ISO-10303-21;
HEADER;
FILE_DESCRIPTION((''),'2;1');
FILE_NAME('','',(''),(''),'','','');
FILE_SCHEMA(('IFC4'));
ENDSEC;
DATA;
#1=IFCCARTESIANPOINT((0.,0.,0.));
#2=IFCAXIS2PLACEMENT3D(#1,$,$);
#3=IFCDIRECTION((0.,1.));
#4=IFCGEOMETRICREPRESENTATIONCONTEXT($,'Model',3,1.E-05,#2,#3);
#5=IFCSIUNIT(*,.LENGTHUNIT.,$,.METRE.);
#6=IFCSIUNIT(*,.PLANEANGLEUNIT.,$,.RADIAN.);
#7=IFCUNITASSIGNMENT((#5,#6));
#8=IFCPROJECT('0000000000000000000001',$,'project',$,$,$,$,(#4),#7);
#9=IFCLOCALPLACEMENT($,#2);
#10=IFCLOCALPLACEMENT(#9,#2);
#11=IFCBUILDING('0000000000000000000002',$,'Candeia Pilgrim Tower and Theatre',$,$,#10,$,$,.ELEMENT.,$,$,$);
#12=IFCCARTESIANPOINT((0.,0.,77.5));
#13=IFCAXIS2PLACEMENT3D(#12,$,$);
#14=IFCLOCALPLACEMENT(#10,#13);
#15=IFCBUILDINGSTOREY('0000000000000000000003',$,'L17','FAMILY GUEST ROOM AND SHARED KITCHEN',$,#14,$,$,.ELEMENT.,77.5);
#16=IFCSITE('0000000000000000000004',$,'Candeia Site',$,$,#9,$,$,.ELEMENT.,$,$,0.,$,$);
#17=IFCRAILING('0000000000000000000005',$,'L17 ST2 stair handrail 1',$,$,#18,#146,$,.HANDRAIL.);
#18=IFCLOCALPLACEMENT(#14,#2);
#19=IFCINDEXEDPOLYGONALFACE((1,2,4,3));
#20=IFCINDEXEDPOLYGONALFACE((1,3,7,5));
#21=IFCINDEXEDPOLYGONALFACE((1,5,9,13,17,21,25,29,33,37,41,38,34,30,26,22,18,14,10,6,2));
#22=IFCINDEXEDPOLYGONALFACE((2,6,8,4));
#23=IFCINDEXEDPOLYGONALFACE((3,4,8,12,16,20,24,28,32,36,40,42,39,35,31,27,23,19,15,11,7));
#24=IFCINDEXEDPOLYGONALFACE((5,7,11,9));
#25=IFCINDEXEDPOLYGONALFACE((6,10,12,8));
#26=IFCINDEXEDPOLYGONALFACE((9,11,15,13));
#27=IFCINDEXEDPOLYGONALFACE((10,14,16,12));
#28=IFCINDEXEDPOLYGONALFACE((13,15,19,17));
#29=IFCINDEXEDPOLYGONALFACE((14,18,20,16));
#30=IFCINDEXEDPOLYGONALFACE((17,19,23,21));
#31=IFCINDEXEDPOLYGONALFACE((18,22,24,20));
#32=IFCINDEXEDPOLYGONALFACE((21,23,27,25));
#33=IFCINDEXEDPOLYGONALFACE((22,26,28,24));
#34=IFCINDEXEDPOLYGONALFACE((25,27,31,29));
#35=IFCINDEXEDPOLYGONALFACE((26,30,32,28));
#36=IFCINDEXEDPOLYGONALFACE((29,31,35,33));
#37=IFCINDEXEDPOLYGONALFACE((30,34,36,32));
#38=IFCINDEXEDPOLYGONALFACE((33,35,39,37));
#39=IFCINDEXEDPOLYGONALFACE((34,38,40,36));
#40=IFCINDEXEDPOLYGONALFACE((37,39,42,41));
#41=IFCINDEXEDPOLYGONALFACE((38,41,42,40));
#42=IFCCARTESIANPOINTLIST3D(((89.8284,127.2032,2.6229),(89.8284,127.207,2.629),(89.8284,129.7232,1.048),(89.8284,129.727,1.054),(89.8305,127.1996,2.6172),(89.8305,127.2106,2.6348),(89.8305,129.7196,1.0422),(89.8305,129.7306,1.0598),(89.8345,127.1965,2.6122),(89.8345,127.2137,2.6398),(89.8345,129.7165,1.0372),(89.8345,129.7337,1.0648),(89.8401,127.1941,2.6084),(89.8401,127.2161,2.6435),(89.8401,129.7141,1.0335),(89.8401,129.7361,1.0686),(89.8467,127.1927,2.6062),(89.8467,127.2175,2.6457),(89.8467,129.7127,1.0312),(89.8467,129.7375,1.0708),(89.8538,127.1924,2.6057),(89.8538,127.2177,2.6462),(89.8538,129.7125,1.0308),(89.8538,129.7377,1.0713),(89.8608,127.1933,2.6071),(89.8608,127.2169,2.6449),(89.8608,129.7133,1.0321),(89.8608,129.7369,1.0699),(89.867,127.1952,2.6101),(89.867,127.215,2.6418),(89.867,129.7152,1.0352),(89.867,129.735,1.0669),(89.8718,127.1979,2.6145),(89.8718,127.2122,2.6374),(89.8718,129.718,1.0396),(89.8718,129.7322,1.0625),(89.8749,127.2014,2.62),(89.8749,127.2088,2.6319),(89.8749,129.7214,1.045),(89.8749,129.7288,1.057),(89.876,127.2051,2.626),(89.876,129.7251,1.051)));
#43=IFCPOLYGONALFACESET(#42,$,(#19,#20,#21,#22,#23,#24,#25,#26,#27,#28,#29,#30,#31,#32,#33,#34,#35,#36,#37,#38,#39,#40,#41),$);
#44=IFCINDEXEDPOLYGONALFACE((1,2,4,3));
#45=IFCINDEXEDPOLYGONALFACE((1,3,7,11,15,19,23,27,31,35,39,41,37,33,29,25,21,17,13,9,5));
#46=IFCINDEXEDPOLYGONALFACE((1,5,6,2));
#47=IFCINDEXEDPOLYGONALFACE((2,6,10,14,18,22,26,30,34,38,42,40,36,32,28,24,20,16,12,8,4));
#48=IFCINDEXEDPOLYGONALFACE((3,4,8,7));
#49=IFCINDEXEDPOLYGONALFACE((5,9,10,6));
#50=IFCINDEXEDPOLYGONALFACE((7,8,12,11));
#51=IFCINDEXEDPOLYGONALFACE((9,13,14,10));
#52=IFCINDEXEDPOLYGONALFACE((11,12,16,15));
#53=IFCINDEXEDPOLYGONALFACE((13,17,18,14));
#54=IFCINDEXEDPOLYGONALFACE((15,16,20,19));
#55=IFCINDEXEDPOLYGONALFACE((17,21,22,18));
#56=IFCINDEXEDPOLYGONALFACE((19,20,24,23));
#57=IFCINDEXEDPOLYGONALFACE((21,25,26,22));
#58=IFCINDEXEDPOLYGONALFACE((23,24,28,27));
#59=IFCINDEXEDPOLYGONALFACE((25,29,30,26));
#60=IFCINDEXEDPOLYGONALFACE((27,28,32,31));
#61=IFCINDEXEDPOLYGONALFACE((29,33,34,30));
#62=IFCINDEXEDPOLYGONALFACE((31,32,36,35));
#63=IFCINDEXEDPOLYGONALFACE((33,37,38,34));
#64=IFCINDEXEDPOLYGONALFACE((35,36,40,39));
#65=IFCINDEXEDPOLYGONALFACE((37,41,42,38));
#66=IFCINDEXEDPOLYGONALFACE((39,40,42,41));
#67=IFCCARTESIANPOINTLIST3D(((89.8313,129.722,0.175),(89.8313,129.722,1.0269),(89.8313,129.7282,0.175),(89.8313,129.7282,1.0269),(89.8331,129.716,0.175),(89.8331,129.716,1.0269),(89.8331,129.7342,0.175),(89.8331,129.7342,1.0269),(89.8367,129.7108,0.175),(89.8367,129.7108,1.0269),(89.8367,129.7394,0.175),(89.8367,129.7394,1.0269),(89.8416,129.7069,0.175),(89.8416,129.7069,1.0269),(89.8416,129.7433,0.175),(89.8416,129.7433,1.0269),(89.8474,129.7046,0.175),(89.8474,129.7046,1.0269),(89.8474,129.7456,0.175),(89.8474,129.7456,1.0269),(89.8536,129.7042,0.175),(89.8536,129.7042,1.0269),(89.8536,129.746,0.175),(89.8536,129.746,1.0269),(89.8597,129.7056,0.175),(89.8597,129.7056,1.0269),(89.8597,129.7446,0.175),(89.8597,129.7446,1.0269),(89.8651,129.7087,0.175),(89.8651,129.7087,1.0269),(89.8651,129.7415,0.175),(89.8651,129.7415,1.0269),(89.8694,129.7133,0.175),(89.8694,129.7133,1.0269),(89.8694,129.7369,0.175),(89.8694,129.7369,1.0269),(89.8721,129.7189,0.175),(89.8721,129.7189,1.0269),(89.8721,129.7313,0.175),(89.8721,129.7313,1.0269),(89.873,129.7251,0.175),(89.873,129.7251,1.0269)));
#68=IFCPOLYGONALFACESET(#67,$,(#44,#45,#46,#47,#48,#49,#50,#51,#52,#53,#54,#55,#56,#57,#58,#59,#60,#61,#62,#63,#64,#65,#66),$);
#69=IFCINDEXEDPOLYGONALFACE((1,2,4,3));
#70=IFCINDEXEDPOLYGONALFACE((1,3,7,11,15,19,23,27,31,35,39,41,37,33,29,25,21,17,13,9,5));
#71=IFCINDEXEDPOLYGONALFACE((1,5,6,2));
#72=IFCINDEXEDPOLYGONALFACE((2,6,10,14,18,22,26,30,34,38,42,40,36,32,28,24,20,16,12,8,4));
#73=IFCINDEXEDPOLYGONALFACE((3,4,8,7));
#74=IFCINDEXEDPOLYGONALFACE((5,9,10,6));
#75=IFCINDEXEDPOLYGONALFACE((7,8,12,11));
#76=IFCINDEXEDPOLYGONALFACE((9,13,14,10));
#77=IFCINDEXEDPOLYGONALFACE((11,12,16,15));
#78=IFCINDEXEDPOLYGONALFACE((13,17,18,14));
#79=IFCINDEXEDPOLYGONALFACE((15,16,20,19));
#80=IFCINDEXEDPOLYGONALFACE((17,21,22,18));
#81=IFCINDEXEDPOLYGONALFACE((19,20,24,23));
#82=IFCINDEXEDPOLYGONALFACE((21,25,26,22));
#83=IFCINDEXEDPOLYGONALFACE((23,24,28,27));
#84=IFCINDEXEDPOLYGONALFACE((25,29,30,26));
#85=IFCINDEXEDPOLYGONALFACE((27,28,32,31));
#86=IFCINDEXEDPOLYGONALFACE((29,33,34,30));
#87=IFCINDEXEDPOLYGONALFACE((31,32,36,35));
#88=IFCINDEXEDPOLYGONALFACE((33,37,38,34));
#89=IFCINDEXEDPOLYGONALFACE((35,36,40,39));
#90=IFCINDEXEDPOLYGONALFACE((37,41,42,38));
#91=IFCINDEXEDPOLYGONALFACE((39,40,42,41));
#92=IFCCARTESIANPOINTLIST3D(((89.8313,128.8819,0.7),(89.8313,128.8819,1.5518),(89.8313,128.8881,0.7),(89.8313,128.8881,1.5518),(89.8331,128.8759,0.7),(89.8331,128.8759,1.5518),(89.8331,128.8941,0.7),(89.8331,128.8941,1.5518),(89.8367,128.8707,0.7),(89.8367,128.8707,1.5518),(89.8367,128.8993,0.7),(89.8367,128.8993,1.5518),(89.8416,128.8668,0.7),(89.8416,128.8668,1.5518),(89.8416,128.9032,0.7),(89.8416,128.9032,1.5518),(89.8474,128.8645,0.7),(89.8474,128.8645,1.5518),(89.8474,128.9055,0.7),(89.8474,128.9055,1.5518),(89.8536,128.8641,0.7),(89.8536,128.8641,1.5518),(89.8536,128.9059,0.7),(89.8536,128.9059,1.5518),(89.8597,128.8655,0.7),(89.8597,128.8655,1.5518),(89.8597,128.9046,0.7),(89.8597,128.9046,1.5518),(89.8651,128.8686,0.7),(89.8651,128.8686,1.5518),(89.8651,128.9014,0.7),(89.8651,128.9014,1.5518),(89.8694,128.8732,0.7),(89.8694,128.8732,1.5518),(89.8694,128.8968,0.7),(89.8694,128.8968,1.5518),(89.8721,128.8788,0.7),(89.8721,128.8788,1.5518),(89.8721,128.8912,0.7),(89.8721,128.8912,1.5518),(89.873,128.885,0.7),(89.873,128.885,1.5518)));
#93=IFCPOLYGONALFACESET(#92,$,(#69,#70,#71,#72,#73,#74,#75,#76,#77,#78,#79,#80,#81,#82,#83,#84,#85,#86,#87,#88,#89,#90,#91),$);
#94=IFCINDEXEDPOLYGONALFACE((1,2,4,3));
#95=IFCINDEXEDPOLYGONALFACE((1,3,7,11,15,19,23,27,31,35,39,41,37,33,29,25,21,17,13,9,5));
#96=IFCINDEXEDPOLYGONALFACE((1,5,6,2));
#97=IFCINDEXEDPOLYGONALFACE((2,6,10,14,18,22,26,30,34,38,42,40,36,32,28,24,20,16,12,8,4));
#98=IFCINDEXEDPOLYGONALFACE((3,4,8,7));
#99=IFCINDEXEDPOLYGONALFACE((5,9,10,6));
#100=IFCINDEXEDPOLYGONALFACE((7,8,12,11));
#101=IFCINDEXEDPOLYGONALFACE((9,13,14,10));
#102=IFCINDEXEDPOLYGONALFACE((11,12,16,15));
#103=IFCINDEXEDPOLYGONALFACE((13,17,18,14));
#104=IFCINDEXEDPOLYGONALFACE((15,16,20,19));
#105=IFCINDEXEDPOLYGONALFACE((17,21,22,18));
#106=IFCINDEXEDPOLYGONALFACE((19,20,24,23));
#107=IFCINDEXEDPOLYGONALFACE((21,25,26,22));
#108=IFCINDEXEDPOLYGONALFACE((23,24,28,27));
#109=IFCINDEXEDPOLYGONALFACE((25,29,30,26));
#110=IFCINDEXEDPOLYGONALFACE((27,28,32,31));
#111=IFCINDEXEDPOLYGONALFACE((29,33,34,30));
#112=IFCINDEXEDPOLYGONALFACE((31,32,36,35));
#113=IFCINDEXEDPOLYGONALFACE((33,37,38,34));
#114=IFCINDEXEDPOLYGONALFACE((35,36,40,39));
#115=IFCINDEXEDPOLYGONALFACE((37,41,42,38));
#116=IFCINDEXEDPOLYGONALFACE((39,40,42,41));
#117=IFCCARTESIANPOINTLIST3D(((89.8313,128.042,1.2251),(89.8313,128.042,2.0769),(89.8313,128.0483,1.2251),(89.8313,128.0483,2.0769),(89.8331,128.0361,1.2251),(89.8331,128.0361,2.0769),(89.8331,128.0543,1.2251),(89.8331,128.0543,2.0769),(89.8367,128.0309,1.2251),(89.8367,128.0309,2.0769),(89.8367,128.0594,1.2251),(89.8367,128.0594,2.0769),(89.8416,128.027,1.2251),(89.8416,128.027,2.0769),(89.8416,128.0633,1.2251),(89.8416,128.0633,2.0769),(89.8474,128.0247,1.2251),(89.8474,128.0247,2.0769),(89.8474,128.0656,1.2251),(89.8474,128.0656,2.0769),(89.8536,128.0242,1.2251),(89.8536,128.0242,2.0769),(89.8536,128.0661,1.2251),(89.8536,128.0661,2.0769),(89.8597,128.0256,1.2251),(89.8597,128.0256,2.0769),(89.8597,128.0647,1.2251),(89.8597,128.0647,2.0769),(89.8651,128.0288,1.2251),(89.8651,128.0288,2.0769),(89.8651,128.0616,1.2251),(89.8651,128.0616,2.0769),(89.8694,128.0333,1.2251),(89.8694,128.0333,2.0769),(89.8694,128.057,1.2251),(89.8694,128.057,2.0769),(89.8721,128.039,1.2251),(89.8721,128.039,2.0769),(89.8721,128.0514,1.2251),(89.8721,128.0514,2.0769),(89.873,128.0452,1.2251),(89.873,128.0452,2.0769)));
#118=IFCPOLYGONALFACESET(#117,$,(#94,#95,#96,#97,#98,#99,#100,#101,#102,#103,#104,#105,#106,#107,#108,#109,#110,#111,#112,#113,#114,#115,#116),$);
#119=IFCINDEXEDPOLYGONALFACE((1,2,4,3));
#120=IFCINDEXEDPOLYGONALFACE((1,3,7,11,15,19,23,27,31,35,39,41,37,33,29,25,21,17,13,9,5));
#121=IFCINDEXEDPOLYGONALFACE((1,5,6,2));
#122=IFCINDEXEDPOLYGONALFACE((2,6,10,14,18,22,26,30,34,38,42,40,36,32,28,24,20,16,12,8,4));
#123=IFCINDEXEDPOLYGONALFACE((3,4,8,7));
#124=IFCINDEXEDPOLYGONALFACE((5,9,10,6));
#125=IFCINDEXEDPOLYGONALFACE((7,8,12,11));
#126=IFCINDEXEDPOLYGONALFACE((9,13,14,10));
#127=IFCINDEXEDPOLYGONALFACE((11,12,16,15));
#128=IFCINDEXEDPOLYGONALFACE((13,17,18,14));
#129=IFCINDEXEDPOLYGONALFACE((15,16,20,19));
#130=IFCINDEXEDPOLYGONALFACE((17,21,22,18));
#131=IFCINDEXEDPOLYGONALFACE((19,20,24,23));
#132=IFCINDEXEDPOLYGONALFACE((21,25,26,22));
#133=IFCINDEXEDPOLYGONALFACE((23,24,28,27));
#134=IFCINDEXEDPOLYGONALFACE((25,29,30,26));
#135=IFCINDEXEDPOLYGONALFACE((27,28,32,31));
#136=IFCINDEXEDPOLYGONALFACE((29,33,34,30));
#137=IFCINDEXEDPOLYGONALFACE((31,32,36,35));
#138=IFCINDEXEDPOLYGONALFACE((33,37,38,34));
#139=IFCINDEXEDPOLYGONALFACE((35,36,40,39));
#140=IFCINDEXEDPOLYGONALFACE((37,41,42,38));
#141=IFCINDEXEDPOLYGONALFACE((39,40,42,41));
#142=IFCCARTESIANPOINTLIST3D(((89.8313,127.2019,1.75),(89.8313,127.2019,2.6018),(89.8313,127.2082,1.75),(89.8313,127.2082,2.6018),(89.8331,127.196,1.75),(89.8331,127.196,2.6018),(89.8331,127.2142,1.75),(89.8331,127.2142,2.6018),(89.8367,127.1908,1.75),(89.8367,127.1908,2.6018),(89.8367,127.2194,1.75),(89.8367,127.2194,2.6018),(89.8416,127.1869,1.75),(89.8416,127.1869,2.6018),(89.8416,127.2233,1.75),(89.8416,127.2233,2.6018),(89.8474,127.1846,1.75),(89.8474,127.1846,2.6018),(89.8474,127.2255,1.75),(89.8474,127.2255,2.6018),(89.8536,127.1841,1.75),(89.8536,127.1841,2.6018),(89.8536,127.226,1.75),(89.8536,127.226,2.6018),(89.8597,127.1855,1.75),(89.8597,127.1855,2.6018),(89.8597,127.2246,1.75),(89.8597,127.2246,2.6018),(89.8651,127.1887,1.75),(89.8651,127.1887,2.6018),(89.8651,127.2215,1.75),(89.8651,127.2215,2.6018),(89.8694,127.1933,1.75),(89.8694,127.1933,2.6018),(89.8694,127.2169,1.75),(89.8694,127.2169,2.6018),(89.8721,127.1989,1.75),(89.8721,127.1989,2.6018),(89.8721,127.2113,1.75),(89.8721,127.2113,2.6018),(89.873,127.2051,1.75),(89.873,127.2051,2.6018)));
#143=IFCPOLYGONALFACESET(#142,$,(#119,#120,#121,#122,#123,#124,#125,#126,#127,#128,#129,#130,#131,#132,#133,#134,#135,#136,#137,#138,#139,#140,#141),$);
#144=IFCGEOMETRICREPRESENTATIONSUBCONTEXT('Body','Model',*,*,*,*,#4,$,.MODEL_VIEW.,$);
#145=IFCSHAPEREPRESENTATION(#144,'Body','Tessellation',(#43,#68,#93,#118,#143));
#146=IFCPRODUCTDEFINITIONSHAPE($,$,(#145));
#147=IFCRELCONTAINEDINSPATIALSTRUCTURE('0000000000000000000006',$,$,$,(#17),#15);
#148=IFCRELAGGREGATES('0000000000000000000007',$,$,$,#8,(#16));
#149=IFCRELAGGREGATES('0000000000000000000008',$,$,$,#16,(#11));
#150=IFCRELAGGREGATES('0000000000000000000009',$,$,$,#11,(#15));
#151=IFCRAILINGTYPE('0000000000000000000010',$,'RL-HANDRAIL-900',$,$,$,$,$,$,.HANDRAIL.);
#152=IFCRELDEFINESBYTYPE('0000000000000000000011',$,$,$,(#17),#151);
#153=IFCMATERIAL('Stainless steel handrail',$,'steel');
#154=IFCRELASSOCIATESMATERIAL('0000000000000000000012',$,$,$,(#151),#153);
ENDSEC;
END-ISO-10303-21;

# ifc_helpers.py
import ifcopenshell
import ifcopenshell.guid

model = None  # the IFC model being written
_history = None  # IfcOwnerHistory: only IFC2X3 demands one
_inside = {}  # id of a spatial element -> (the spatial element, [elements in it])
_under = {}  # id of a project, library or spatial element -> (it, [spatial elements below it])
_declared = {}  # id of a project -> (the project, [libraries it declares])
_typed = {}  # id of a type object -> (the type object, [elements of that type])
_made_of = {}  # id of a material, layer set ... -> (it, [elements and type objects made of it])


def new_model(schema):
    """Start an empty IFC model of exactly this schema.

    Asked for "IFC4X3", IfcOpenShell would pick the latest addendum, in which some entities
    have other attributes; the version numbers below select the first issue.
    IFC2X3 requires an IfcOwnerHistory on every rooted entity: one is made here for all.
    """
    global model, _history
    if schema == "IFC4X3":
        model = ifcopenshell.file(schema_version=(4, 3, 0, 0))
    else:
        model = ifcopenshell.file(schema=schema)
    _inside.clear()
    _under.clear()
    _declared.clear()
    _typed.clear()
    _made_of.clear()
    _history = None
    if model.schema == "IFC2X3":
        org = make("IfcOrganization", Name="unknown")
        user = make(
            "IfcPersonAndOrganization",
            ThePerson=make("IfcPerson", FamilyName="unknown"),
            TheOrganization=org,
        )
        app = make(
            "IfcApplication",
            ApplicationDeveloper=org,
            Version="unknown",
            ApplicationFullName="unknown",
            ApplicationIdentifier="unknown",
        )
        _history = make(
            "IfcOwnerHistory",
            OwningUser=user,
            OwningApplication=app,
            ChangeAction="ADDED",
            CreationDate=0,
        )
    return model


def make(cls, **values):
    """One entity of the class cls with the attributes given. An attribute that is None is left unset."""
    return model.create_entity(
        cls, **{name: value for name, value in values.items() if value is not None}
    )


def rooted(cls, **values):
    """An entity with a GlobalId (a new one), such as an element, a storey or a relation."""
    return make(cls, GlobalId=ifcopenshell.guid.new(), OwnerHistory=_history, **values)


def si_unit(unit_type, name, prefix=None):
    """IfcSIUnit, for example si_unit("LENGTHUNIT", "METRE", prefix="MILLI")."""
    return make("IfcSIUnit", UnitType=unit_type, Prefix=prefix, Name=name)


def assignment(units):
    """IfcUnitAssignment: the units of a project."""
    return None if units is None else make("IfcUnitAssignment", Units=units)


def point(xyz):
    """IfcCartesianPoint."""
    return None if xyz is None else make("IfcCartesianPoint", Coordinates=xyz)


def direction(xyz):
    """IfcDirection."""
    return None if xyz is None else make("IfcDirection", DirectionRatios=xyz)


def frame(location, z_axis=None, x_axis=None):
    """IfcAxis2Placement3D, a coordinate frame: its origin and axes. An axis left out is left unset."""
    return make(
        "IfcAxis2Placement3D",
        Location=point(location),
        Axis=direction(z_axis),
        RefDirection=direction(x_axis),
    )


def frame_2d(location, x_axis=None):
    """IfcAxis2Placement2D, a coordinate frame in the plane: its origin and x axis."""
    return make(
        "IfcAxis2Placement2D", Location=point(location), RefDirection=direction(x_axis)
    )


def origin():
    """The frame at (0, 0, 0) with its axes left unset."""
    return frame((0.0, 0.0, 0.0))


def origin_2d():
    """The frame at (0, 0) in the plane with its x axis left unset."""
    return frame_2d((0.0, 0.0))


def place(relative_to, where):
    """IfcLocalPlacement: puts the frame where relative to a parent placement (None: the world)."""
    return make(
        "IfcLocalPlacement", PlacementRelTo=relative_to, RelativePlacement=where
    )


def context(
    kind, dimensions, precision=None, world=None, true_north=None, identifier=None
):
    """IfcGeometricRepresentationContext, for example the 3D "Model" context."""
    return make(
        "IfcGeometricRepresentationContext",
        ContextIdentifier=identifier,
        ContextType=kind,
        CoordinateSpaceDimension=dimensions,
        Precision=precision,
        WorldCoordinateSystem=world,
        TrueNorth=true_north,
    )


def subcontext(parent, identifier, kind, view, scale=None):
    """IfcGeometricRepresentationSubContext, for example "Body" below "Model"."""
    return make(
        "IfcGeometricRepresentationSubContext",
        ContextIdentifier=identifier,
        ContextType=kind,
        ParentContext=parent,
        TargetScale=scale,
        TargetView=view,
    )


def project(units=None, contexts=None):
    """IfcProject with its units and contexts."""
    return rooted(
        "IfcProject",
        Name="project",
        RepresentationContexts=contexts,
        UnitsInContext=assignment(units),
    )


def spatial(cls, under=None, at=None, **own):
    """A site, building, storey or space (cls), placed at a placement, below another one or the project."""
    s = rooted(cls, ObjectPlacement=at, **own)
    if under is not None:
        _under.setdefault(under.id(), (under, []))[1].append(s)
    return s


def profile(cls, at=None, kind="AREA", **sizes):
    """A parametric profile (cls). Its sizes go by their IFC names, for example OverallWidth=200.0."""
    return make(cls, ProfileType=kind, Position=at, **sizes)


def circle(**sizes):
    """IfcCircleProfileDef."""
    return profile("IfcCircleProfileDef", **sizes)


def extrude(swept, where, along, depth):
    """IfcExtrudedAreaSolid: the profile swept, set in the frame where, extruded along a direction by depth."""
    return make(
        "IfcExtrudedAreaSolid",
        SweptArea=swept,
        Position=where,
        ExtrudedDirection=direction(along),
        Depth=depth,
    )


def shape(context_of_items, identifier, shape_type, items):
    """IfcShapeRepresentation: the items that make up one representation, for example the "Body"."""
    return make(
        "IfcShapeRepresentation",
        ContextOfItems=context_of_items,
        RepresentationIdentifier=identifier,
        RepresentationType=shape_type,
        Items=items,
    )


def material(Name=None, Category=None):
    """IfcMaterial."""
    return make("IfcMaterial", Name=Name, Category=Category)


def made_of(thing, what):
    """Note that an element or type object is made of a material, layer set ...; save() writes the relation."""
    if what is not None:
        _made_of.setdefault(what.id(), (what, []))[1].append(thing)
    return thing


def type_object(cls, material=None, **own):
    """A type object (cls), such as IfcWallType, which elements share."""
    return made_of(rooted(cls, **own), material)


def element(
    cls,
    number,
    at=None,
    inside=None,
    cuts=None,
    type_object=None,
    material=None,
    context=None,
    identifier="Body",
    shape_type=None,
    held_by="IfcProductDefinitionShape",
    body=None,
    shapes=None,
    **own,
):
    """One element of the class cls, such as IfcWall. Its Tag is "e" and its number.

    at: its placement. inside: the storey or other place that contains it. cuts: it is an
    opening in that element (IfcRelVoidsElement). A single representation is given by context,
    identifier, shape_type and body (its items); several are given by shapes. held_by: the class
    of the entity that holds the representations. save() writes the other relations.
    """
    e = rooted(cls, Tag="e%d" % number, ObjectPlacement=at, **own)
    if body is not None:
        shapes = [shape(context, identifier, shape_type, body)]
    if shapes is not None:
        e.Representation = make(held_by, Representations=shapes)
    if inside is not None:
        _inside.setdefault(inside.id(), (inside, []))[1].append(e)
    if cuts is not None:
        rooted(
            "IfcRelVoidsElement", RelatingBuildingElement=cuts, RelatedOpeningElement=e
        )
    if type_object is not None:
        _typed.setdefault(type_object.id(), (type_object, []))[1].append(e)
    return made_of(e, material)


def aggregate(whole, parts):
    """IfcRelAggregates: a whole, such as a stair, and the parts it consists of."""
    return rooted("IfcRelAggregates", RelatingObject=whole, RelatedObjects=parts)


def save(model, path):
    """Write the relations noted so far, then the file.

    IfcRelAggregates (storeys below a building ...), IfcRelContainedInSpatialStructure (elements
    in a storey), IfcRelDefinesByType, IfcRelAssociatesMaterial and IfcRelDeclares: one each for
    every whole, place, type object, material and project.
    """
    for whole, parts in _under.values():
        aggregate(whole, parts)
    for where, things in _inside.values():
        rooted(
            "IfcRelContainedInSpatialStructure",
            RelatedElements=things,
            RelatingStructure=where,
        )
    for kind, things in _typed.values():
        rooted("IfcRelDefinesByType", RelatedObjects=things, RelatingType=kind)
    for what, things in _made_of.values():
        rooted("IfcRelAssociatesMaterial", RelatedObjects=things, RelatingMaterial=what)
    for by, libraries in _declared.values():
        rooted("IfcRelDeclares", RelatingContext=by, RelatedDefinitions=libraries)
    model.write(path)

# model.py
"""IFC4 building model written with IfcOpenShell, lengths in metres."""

from ifc_helpers import new_model, si_unit, direction, frame, origin, origin_2d, place, context, subcontext, project, spatial, circle, extrude, material, type_object, element, save


model = new_model("IFC4")

# Units and contexts
model_context = context("Model", 3, precision=1e-05, world=origin(), true_north=direction((0.0, 1.0)))
body_context = subcontext(model_context, "Body", "Model", "MODEL_VIEW")
ifc_project = project(units=[si_unit("LENGTHUNIT", "METRE"), si_unit("PLANEANGLEUNIT", "RADIAN")], contexts=[model_context])

# Site, building, storey
site_placement = place(None, origin())
site = spatial("IfcSite", under=ifc_project, at=site_placement, Name="Candeia Site", CompositionType="ELEMENT", RefElevation=0.0)
building_placement = place(site_placement, origin())
building = spatial("IfcBuilding", under=site, at=building_placement, Name="Candeia Pilgrim Tower and Theatre", CompositionType="ELEMENT")
storey_placement = place(building_placement, frame((0.0, 0.0, 77.5)))
storey = spatial("IfcBuildingStorey", under=building, at=storey_placement, Name="L17", Description="FAMILY GUEST ROOM AND SHARED KITCHEN", CompositionType="ELEMENT", Elevation=77.5)

# Railing
ifc_material_1 = material(Name="Stainless steel handrail", Category="steel")
railing_type_1 = type_object("IfcRailingType", Name="RL-HANDRAIL-900", PredefinedType="HANDRAIL", material=ifc_material_1)
for number, where, name in (
    (1, (89.8521, 129.7251, 0.175), "L17 ST2 stair handrail 1"),
):
    element("IfcRailing", number, at=place(storey_placement, frame(where)), inside=storey, type_object=railing_type_1, Name=name, PredefinedType="HANDRAIL", context=body_context, shape_type="SweptSolid", body=[
        extrude(circle(Radius=0.0239, at=origin_2d()), frame((0.0, 0.0, 0.876), z_axis=(0.0, -0.848008, 0.529984), x_axis=(1.0, 0.0, 0.0)), (0.0, 0.0, 1.0), 2.9717),
        extrude(circle(Radius=0.021, at=origin_2d()), origin(), (0.0, 0.0, 1.0), 0.8518),
        extrude(circle(Radius=0.021, at=origin_2d()), frame((0.0, -0.8401, 0.5249)), (0.0, 0.0, 1.0), 0.8518),
        extrude(circle(Radius=0.021, at=origin_2d()), frame((0.0, -1.6799, 1.05)), (0.0, 0.0, 1.0), 0.8518),
        extrude(circle(Radius=0.021, at=origin_2d()), frame((0.0, -2.52, 1.575)), (0.0, 0.0, 1.0), 0.8518),
    ])

save(model, "model.ifc")
